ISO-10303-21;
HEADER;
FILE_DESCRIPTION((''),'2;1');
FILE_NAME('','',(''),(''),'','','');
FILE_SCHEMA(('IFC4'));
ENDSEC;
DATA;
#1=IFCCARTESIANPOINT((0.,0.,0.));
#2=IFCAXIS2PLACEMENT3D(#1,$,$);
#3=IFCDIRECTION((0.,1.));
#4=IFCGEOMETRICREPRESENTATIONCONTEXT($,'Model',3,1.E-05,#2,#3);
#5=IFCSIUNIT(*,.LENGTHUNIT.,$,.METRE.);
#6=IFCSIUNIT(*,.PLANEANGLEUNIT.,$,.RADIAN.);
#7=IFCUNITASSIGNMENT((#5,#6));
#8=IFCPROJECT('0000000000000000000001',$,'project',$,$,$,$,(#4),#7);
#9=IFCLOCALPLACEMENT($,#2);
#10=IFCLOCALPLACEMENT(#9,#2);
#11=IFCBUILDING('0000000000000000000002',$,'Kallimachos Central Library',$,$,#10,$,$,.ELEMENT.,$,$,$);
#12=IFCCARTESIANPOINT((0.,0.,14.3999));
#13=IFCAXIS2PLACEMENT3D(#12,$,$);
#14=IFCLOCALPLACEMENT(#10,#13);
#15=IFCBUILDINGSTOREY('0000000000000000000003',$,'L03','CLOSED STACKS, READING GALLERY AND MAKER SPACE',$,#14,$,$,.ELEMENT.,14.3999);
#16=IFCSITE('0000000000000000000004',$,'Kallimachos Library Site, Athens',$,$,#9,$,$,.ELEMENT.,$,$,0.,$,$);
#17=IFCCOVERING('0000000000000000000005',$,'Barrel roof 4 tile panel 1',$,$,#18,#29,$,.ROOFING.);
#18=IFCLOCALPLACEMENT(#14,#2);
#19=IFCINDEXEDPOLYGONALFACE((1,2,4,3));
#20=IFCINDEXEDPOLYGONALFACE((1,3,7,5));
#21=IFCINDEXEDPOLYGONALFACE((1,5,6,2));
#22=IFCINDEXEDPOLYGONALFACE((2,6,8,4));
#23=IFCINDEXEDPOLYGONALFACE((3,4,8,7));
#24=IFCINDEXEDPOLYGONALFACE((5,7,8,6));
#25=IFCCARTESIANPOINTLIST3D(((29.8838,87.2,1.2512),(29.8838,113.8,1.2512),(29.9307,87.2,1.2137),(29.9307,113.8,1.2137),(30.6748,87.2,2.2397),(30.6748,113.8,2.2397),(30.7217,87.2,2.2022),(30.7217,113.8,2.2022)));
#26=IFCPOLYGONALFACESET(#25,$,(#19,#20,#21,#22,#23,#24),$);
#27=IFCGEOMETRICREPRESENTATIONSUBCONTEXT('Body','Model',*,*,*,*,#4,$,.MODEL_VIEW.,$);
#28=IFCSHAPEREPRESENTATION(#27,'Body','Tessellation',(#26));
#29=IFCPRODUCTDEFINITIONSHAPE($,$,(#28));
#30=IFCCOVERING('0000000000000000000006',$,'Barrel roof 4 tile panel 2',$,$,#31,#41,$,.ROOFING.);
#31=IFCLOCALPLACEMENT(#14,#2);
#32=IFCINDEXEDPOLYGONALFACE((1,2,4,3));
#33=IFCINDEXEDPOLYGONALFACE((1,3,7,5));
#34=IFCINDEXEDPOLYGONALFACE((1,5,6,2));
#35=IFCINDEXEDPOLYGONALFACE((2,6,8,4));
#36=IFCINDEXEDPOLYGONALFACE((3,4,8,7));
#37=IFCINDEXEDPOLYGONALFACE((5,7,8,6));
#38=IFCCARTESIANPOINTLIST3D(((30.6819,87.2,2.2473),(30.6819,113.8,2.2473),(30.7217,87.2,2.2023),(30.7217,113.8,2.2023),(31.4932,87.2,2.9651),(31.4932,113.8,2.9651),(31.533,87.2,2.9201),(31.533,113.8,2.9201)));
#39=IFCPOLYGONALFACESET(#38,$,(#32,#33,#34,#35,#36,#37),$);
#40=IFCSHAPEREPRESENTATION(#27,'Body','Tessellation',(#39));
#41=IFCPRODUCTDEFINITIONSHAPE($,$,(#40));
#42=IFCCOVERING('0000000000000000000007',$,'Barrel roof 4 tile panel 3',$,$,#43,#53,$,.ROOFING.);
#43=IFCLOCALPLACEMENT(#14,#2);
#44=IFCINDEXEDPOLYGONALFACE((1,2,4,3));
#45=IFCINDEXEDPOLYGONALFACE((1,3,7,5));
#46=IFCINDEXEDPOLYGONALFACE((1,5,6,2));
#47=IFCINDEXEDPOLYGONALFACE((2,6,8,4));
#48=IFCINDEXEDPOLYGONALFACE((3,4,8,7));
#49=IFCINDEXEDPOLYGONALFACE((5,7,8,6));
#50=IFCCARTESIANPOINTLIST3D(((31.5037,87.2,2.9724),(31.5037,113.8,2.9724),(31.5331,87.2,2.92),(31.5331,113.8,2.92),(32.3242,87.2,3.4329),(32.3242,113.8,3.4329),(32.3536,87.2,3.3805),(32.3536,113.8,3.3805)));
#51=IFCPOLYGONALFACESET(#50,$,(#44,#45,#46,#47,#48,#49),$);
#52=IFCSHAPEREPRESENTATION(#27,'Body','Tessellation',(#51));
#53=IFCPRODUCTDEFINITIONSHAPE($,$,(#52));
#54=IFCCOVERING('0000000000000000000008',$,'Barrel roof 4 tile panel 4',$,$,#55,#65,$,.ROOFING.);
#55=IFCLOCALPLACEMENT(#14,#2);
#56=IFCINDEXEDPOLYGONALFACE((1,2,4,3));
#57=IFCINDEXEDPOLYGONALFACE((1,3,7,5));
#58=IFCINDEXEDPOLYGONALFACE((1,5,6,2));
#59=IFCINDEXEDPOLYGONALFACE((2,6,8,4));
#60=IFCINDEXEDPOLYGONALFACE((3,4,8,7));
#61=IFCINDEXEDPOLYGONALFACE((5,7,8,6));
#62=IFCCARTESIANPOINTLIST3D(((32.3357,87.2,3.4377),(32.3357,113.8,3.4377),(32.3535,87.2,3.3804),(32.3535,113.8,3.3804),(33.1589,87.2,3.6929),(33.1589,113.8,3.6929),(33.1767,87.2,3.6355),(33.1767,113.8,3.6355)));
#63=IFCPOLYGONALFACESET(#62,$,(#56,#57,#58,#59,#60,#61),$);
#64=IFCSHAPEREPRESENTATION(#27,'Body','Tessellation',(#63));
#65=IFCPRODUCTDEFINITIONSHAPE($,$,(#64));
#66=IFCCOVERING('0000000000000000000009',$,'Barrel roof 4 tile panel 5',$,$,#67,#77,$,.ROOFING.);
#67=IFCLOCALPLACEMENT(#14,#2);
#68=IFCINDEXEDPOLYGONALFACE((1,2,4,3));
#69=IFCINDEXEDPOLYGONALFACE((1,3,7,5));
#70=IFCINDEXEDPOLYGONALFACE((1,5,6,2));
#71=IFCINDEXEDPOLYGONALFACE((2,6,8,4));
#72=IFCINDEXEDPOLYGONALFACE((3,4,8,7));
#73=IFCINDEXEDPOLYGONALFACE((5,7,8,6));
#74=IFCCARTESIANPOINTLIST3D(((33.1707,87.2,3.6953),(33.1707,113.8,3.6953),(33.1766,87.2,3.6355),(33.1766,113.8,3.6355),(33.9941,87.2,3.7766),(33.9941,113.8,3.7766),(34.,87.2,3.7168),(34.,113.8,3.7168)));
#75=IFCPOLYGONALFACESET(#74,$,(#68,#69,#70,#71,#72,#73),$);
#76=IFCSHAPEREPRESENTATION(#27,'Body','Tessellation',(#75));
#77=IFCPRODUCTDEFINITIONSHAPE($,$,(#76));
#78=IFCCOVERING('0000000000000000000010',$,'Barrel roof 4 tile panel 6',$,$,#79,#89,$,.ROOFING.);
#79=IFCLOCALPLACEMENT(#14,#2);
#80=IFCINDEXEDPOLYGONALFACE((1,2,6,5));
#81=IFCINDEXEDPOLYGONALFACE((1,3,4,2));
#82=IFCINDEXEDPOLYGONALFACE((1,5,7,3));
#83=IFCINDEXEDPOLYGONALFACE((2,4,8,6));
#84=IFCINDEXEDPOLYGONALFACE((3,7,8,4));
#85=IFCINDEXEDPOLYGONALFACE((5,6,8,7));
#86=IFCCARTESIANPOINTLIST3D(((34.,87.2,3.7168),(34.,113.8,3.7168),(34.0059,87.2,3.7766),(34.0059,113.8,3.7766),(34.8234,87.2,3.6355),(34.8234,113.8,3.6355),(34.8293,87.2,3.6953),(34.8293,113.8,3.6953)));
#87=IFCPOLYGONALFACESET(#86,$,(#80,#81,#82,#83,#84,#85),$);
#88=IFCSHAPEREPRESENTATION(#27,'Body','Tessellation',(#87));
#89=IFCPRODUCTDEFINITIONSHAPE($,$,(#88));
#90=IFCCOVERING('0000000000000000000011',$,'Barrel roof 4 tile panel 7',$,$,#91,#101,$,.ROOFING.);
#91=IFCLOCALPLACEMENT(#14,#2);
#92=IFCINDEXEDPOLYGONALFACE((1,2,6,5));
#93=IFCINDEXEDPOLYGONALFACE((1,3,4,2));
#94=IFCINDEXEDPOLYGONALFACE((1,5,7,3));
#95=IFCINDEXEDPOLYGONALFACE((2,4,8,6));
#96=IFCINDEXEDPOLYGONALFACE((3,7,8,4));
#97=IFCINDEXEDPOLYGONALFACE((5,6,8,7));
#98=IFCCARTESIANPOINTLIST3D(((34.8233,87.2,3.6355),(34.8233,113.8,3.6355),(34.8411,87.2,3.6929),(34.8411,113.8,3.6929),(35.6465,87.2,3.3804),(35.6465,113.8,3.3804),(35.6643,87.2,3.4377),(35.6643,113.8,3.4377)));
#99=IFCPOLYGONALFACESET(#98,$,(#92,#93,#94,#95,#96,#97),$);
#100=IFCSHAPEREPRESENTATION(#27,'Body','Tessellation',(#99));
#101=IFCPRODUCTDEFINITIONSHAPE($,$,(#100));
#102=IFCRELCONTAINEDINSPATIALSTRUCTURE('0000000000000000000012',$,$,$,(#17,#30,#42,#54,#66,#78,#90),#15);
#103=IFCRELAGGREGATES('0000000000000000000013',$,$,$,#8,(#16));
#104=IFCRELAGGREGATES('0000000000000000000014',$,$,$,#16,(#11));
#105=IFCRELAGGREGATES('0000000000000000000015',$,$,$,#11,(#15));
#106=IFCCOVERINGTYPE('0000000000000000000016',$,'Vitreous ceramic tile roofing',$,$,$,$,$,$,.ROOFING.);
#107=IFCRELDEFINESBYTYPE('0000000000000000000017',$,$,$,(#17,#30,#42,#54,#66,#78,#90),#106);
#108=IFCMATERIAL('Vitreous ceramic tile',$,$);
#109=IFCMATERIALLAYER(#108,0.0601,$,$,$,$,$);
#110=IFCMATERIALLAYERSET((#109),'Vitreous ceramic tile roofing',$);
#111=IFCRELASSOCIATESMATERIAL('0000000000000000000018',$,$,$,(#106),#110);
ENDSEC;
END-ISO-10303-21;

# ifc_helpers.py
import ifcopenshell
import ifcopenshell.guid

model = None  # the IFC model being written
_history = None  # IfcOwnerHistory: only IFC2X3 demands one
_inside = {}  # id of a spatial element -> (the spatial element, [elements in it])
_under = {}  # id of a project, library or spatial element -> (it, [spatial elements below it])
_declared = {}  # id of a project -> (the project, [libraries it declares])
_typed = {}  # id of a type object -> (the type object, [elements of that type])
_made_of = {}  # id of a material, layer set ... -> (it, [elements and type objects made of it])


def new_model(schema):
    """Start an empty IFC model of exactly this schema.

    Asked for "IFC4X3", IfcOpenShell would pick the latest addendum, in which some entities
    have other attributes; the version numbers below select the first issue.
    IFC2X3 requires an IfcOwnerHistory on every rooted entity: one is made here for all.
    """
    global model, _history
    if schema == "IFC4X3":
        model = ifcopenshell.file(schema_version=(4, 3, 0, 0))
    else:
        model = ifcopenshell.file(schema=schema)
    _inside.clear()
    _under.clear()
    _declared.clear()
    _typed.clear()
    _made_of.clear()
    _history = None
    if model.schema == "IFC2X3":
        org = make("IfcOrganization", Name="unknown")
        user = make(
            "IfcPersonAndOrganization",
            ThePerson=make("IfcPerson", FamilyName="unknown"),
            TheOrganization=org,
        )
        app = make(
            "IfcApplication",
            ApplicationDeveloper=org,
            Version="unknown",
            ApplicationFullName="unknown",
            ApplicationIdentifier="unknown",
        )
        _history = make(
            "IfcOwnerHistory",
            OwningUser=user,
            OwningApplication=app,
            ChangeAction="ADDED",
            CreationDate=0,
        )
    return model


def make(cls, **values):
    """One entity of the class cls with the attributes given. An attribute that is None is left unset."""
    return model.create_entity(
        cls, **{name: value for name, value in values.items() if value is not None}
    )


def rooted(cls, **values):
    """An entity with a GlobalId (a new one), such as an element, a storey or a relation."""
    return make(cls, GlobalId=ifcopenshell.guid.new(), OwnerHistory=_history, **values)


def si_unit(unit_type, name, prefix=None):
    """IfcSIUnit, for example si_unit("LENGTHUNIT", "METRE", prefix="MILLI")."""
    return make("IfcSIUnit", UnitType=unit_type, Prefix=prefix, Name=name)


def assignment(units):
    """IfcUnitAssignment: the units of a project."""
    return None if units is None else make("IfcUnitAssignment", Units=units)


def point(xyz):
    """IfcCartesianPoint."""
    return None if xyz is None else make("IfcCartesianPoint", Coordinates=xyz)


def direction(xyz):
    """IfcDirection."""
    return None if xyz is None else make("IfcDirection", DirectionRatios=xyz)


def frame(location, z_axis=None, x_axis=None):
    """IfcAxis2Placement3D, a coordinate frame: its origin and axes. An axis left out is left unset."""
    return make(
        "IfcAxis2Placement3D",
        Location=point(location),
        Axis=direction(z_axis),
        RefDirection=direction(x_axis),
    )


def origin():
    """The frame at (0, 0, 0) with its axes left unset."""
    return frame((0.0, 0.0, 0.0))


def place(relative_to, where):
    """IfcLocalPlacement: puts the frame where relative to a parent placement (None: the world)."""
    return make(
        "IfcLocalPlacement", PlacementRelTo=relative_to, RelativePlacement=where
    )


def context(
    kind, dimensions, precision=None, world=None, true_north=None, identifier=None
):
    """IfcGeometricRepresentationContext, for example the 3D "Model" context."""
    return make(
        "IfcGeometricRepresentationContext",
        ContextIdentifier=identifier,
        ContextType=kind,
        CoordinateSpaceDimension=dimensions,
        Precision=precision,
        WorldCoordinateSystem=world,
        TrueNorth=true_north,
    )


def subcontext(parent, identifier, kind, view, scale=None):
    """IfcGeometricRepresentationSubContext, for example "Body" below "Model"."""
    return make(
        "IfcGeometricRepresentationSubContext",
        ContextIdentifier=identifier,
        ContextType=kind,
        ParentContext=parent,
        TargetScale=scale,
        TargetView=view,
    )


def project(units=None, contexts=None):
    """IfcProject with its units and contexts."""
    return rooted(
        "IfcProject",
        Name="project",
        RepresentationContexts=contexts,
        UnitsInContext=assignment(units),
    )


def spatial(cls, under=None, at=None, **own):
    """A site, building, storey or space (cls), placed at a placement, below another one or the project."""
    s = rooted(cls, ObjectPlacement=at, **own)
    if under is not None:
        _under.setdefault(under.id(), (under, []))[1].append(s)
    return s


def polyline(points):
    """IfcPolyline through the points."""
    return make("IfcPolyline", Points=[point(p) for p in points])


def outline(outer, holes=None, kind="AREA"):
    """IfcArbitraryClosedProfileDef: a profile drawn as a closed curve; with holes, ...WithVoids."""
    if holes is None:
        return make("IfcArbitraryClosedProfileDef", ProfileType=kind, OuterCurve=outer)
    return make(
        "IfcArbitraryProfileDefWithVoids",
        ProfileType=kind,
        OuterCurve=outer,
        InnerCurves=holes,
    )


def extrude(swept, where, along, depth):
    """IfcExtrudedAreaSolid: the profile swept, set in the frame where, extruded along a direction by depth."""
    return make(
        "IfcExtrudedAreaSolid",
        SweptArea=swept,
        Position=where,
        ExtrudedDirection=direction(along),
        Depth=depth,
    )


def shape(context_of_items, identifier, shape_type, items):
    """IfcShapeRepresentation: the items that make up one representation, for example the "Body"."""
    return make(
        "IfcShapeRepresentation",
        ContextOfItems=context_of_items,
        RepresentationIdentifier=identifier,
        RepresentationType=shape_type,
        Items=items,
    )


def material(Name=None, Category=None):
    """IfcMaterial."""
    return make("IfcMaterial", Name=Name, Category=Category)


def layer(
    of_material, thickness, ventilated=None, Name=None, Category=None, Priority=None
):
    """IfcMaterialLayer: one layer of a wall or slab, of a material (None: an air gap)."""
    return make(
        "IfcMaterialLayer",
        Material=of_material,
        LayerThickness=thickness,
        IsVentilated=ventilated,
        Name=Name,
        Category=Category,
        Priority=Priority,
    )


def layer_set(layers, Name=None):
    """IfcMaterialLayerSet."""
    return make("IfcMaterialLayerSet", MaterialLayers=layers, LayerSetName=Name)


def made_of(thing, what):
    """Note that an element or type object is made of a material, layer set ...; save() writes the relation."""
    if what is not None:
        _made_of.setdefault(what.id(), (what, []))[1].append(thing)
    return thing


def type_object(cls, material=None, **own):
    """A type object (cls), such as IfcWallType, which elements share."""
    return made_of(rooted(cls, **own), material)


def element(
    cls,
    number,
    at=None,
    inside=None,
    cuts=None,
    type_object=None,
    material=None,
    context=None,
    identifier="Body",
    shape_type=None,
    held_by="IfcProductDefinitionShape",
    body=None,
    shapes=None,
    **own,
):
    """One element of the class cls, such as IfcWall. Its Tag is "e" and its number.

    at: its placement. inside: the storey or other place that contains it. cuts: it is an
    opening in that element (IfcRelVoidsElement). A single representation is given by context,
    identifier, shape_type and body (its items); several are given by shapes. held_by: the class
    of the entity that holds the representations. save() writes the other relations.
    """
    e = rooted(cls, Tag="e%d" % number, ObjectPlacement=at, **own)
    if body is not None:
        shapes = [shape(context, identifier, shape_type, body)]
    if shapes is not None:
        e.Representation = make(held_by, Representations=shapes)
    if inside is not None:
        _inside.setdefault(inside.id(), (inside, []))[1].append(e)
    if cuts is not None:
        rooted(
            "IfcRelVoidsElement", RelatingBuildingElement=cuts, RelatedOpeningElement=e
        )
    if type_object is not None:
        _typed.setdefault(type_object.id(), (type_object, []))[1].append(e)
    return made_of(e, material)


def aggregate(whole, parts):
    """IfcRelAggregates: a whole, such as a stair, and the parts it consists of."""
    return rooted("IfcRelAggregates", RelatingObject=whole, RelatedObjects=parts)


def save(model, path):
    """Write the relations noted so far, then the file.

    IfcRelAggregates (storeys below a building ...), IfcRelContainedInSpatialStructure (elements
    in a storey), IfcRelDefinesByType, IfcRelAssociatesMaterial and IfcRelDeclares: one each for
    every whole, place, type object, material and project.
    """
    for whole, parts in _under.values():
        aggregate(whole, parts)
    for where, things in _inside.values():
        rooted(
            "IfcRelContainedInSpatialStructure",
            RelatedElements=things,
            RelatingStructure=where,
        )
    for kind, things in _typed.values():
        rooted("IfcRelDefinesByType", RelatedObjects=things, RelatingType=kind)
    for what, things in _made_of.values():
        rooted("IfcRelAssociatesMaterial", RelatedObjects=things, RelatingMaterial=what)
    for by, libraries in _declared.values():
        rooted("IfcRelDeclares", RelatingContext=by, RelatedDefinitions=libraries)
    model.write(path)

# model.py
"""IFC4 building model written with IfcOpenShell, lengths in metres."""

from ifc_helpers import new_model, si_unit, direction, frame, origin, place, context, subcontext, project, spatial, polyline, outline, extrude, material, layer, layer_set, type_object, element, save


model = new_model("IFC4")

# Units and contexts
model_context = context("Model", 3, precision=1e-05, world=origin(), true_north=direction((0.0, 1.0)))
body_context = subcontext(model_context, "Body", "Model", "MODEL_VIEW")
ifc_project = project(units=[si_unit("LENGTHUNIT", "METRE"), si_unit("PLANEANGLEUNIT", "RADIAN")], contexts=[model_context])

# Site, building, storey
site_placement = place(None, origin())
site = spatial("IfcSite", under=ifc_project, at=site_placement, Name="Kallimachos Library Site, Athens", CompositionType="ELEMENT", RefElevation=0.0)
building_placement = place(site_placement, origin())
building = spatial("IfcBuilding", under=site, at=building_placement, Name="Kallimachos Central Library", CompositionType="ELEMENT")
storey_placement = place(building_placement, frame((0.0, 0.0, 14.3999)))
storey = spatial("IfcBuildingStorey", under=building, at=storey_placement, Name="L03", Description="CLOSED STACKS, READING GALLERY AND MAKER SPACE", CompositionType="ELEMENT", Elevation=14.3999)

# Coverings
ifc_material_1 = material(Name="Vitreous ceramic tile")
ifc_layer_1 = layer(ifc_material_1, 0.0601)
ifc_layer_set_1 = layer_set([ifc_layer_1], Name="Vitreous ceramic tile roofing")
covering_type_1 = type_object("IfcCoveringType", Name="Vitreous ceramic tile roofing", PredefinedType="ROOFING", material=ifc_layer_set_1)
covering_1_placement = place(storey_placement, frame((29.8838, 87.2, 1.2512), z_axis=(-0.780794, 0.0, 0.624789), x_axis=(0.624789, 0.0, 0.780794)))
element("IfcCovering", 1, at=covering_1_placement, inside=storey, type_object=covering_type_1, Name="Barrel roof 4 tile panel 1", PredefinedType="ROOFING", context=body_context, shape_type="SweptSolid", body=[
    extrude(outline(polyline([(0.0, 0.0), (1.2661, 0.0), (1.2661, 26.6001), (0.0, 26.6001), (0.0, 0.0)])), origin(), (0.0, 0.0, -1.0), 0.0601),
])
covering_2_placement = place(storey_placement, frame((30.6819, 87.2, 2.2473), z_axis=(-0.662627, 0.0, 0.748949), x_axis=(0.748949, 0.0, 0.662627)))
element("IfcCovering", 2, at=covering_2_placement, inside=storey, type_object=covering_type_1, Name="Barrel roof 4 tile panel 2", PredefinedType="ROOFING", context=body_context, shape_type="SweptSolid", body=[
    extrude(outline(polyline([(0.0, 0.0), (1.0832, 0.0), (1.0832, 26.6001), (0.0, 26.6001), (0.0, 0.0)])), origin(), (0.0, 0.0, -1.0), 0.0601),
])
covering_3_placement = place(storey_placement, frame((31.5037, 87.2, 2.9724), z_axis=(-0.489362, 0.0, 0.872081), x_axis=(0.872081, 0.0, 0.489362)))
element("IfcCovering", 3, at=covering_3_placement, inside=storey, type_object=covering_type_1, Name="Barrel roof 4 tile panel 3", PredefinedType="ROOFING", context=body_context, shape_type="SweptSolid", body=[
    extrude(outline(polyline([(0.0, 0.0), (0.9409, 0.0), (0.9409, 26.6001), (0.0, 26.6001), (0.0, 0.0)])), origin(), (0.0, 0.0, -1.0), 0.0601),
])
covering_4_placement = place(storey_placement, frame((32.3357, 87.2, 3.4377), z_axis=(-0.296016, 0.0, 0.955183), x_axis=(0.955183, 0.0, 0.296016)))
element("IfcCovering", 4, at=covering_4_placement, inside=storey, type_object=covering_type_1, Name="Barrel roof 4 tile panel 4", PredefinedType="ROOFING", context=body_context, shape_type="SweptSolid", body=[
    extrude(outline(polyline([(0.0, 0.0), (0.8619, 0.0), (0.8619, 26.6001), (0.0, 26.6001), (0.0, 0.0)])), origin(), (0.0, 0.0, -1.0), 0.0601),
])
for number, where, z_axis, x_axis, name in (
    (5, (33.1707, 87.2, 3.6953), (-0.098248, 0.0, 0.995162), (0.995162, 0.0, 0.098248), "Barrel roof 4 tile panel 5"),
    (6, (34.0059, 87.2, 3.7766), (0.098248, 0.0, 0.995162), (0.995162, 0.0, -0.098248), "Barrel roof 4 tile panel 6"),
):
    element("IfcCovering", number, at=place(storey_placement, frame(where, z_axis=z_axis, x_axis=x_axis)), inside=storey, type_object=covering_type_1, Name=name, PredefinedType="ROOFING", context=body_context, shape_type="SweptSolid", body=[
        extrude(outline(polyline([(0.0, 0.0), (0.8275, 0.0), (0.8275, 26.6001), (0.0, 26.6001), (0.0, 0.0)])), origin(), (0.0, 0.0, -1.0), 0.0601),
    ])
covering_5_placement = place(storey_placement, frame((34.8411, 87.2, 3.6929), z_axis=(0.296016, 0.0, 0.955183), x_axis=(0.955183, 0.0, -0.296016)))
element("IfcCovering", 7, at=covering_5_placement, inside=storey, type_object=covering_type_1, Name="Barrel roof 4 tile panel 7", PredefinedType="ROOFING", context=body_context, shape_type="SweptSolid", body=[
    extrude(outline(polyline([(0.0, 0.0), (0.8619, 0.0), (0.8619, 26.6001), (0.0, 26.6001), (0.0, 0.0)])), origin(), (0.0, 0.0, -1.0), 0.0601),
])

save(model, "model.ifc")
